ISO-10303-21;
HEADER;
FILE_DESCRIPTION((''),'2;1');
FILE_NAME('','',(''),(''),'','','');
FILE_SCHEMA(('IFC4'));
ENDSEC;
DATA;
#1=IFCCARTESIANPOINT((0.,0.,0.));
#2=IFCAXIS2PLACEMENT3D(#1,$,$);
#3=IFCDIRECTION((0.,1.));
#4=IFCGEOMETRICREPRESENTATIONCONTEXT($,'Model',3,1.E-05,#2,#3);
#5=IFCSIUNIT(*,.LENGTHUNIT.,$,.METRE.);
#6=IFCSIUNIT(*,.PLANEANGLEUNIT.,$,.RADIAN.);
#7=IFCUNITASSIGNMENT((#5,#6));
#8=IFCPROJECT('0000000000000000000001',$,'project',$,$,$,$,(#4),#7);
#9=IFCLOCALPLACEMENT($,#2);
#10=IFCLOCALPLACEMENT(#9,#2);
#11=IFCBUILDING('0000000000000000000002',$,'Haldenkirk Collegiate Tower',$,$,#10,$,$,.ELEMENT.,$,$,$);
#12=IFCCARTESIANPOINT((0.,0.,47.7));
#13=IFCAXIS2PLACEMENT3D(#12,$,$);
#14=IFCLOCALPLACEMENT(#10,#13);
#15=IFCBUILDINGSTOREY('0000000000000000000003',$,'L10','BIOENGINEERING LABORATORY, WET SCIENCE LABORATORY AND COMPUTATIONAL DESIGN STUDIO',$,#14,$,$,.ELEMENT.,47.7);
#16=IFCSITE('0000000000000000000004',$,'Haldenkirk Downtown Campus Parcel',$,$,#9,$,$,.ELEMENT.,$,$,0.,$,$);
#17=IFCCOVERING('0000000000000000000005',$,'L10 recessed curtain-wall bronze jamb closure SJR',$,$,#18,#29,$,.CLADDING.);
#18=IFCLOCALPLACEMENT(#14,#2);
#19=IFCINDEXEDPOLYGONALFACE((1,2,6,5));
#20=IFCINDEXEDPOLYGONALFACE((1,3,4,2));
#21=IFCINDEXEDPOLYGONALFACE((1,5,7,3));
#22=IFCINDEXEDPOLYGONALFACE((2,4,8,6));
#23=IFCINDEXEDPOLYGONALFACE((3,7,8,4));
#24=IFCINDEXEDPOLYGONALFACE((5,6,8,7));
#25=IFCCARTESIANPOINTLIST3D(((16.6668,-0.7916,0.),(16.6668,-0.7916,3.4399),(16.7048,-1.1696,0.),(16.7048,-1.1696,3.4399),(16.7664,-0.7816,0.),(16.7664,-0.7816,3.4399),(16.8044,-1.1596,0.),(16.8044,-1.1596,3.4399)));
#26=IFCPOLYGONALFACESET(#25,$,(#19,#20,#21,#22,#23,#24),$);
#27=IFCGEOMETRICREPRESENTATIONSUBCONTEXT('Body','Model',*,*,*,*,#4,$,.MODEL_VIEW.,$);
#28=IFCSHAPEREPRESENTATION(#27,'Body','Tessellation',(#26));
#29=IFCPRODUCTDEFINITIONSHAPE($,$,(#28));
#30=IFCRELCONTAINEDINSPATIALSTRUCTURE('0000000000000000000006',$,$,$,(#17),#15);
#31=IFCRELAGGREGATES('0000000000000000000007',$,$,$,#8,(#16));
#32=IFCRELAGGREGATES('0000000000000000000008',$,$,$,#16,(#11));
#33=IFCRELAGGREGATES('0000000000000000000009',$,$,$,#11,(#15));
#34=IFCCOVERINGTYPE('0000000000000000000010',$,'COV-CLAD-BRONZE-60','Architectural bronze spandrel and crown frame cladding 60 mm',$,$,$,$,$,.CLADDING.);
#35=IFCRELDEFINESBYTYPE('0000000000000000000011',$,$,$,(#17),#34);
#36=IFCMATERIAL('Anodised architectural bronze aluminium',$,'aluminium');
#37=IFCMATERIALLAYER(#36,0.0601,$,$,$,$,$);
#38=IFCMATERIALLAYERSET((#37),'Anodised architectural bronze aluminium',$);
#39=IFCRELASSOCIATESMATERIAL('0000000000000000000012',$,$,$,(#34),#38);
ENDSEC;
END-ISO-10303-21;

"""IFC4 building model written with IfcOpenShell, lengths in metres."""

from ifc_helpers import new_model, si_unit, direction, frame, origin, origin_2d, place, context, subcontext, project, spatial, rectangle, extrude, source, transform, mapped, material, layer, layer_set, type_object, element, save


model = new_model("IFC4")

# Units and contexts
model_context = context("Model", 3, precision=1e-05, world=origin(), true_north=direction((0.0, 1.0)))
body_context = subcontext(model_context, "Body", "Model", "MODEL_VIEW")
ifc_project = project(units=[si_unit("LENGTHUNIT", "METRE"), si_unit("PLANEANGLEUNIT", "RADIAN")], contexts=[model_context])

# Site, building, storey
site_placement = place(None, origin())
site = spatial("IfcSite", under=ifc_project, at=site_placement, Name="Haldenkirk Downtown Campus Parcel", CompositionType="ELEMENT", RefElevation=0.0)
building_placement = place(site_placement, origin())
building = spatial("IfcBuilding", under=site, at=building_placement, Name="Haldenkirk Collegiate Tower", CompositionType="ELEMENT")
storey_placement = place(building_placement, frame((0.0, 0.0, 47.7)))
storey = spatial("IfcBuildingStorey", under=building, at=storey_placement, Name="L10", Description="BIOENGINEERING LABORATORY, WET SCIENCE LABORATORY AND COMPUTATIONAL DESIGN STUDIO", CompositionType="ELEMENT", Elevation=47.7)

# Shared definitions
ifc_material_1 = material(Name="Anodised architectural bronze aluminium", Category="aluminium")

# Covering
ifc_layer_1 = layer(ifc_material_1, 0.0601)
ifc_layer_set_1 = layer_set([ifc_layer_1], Name="Anodised architectural bronze aluminium")
covering_type = type_object("IfcCoveringType", Name="COV-CLAD-BRONZE-60", Description="Architectural bronze spandrel and crown frame cladding 60 mm", PredefinedType="CLADDING", material=ifc_layer_set_1)
shared_shape_1 = source(origin(), body_context, "Body", "SweptSolid", [
    extrude(rectangle(XDim=0.1001, YDim=0.3799, at=origin_2d()), origin(), (0.0, 0.0, 1.0), 3.4399),
])
covering_placement = place(storey_placement, frame((16.7356, -0.9756, 0.0), z_axis=(0.0, 0.0, 1.0), x_axis=(-0.994969, -0.100188, 0.0)))
element("IfcCovering", 1, at=covering_placement, inside=storey, type_object=covering_type, Name="L10 recessed curtain-wall bronze jamb closure SJR", PredefinedType="CLADDING", context=body_context, shape_type="MappedRepresentation", body=[
    mapped(shared_shape_1, transform((0.0, 0.0, 0.0), x_axis=(1.0, 0.0, 0.0), y_axis=(0.0, 1.0, 0.0), z_axis=(0.0, 0.0, 1.0), scale=1.0)),
])

save(model, "model.ifc")
